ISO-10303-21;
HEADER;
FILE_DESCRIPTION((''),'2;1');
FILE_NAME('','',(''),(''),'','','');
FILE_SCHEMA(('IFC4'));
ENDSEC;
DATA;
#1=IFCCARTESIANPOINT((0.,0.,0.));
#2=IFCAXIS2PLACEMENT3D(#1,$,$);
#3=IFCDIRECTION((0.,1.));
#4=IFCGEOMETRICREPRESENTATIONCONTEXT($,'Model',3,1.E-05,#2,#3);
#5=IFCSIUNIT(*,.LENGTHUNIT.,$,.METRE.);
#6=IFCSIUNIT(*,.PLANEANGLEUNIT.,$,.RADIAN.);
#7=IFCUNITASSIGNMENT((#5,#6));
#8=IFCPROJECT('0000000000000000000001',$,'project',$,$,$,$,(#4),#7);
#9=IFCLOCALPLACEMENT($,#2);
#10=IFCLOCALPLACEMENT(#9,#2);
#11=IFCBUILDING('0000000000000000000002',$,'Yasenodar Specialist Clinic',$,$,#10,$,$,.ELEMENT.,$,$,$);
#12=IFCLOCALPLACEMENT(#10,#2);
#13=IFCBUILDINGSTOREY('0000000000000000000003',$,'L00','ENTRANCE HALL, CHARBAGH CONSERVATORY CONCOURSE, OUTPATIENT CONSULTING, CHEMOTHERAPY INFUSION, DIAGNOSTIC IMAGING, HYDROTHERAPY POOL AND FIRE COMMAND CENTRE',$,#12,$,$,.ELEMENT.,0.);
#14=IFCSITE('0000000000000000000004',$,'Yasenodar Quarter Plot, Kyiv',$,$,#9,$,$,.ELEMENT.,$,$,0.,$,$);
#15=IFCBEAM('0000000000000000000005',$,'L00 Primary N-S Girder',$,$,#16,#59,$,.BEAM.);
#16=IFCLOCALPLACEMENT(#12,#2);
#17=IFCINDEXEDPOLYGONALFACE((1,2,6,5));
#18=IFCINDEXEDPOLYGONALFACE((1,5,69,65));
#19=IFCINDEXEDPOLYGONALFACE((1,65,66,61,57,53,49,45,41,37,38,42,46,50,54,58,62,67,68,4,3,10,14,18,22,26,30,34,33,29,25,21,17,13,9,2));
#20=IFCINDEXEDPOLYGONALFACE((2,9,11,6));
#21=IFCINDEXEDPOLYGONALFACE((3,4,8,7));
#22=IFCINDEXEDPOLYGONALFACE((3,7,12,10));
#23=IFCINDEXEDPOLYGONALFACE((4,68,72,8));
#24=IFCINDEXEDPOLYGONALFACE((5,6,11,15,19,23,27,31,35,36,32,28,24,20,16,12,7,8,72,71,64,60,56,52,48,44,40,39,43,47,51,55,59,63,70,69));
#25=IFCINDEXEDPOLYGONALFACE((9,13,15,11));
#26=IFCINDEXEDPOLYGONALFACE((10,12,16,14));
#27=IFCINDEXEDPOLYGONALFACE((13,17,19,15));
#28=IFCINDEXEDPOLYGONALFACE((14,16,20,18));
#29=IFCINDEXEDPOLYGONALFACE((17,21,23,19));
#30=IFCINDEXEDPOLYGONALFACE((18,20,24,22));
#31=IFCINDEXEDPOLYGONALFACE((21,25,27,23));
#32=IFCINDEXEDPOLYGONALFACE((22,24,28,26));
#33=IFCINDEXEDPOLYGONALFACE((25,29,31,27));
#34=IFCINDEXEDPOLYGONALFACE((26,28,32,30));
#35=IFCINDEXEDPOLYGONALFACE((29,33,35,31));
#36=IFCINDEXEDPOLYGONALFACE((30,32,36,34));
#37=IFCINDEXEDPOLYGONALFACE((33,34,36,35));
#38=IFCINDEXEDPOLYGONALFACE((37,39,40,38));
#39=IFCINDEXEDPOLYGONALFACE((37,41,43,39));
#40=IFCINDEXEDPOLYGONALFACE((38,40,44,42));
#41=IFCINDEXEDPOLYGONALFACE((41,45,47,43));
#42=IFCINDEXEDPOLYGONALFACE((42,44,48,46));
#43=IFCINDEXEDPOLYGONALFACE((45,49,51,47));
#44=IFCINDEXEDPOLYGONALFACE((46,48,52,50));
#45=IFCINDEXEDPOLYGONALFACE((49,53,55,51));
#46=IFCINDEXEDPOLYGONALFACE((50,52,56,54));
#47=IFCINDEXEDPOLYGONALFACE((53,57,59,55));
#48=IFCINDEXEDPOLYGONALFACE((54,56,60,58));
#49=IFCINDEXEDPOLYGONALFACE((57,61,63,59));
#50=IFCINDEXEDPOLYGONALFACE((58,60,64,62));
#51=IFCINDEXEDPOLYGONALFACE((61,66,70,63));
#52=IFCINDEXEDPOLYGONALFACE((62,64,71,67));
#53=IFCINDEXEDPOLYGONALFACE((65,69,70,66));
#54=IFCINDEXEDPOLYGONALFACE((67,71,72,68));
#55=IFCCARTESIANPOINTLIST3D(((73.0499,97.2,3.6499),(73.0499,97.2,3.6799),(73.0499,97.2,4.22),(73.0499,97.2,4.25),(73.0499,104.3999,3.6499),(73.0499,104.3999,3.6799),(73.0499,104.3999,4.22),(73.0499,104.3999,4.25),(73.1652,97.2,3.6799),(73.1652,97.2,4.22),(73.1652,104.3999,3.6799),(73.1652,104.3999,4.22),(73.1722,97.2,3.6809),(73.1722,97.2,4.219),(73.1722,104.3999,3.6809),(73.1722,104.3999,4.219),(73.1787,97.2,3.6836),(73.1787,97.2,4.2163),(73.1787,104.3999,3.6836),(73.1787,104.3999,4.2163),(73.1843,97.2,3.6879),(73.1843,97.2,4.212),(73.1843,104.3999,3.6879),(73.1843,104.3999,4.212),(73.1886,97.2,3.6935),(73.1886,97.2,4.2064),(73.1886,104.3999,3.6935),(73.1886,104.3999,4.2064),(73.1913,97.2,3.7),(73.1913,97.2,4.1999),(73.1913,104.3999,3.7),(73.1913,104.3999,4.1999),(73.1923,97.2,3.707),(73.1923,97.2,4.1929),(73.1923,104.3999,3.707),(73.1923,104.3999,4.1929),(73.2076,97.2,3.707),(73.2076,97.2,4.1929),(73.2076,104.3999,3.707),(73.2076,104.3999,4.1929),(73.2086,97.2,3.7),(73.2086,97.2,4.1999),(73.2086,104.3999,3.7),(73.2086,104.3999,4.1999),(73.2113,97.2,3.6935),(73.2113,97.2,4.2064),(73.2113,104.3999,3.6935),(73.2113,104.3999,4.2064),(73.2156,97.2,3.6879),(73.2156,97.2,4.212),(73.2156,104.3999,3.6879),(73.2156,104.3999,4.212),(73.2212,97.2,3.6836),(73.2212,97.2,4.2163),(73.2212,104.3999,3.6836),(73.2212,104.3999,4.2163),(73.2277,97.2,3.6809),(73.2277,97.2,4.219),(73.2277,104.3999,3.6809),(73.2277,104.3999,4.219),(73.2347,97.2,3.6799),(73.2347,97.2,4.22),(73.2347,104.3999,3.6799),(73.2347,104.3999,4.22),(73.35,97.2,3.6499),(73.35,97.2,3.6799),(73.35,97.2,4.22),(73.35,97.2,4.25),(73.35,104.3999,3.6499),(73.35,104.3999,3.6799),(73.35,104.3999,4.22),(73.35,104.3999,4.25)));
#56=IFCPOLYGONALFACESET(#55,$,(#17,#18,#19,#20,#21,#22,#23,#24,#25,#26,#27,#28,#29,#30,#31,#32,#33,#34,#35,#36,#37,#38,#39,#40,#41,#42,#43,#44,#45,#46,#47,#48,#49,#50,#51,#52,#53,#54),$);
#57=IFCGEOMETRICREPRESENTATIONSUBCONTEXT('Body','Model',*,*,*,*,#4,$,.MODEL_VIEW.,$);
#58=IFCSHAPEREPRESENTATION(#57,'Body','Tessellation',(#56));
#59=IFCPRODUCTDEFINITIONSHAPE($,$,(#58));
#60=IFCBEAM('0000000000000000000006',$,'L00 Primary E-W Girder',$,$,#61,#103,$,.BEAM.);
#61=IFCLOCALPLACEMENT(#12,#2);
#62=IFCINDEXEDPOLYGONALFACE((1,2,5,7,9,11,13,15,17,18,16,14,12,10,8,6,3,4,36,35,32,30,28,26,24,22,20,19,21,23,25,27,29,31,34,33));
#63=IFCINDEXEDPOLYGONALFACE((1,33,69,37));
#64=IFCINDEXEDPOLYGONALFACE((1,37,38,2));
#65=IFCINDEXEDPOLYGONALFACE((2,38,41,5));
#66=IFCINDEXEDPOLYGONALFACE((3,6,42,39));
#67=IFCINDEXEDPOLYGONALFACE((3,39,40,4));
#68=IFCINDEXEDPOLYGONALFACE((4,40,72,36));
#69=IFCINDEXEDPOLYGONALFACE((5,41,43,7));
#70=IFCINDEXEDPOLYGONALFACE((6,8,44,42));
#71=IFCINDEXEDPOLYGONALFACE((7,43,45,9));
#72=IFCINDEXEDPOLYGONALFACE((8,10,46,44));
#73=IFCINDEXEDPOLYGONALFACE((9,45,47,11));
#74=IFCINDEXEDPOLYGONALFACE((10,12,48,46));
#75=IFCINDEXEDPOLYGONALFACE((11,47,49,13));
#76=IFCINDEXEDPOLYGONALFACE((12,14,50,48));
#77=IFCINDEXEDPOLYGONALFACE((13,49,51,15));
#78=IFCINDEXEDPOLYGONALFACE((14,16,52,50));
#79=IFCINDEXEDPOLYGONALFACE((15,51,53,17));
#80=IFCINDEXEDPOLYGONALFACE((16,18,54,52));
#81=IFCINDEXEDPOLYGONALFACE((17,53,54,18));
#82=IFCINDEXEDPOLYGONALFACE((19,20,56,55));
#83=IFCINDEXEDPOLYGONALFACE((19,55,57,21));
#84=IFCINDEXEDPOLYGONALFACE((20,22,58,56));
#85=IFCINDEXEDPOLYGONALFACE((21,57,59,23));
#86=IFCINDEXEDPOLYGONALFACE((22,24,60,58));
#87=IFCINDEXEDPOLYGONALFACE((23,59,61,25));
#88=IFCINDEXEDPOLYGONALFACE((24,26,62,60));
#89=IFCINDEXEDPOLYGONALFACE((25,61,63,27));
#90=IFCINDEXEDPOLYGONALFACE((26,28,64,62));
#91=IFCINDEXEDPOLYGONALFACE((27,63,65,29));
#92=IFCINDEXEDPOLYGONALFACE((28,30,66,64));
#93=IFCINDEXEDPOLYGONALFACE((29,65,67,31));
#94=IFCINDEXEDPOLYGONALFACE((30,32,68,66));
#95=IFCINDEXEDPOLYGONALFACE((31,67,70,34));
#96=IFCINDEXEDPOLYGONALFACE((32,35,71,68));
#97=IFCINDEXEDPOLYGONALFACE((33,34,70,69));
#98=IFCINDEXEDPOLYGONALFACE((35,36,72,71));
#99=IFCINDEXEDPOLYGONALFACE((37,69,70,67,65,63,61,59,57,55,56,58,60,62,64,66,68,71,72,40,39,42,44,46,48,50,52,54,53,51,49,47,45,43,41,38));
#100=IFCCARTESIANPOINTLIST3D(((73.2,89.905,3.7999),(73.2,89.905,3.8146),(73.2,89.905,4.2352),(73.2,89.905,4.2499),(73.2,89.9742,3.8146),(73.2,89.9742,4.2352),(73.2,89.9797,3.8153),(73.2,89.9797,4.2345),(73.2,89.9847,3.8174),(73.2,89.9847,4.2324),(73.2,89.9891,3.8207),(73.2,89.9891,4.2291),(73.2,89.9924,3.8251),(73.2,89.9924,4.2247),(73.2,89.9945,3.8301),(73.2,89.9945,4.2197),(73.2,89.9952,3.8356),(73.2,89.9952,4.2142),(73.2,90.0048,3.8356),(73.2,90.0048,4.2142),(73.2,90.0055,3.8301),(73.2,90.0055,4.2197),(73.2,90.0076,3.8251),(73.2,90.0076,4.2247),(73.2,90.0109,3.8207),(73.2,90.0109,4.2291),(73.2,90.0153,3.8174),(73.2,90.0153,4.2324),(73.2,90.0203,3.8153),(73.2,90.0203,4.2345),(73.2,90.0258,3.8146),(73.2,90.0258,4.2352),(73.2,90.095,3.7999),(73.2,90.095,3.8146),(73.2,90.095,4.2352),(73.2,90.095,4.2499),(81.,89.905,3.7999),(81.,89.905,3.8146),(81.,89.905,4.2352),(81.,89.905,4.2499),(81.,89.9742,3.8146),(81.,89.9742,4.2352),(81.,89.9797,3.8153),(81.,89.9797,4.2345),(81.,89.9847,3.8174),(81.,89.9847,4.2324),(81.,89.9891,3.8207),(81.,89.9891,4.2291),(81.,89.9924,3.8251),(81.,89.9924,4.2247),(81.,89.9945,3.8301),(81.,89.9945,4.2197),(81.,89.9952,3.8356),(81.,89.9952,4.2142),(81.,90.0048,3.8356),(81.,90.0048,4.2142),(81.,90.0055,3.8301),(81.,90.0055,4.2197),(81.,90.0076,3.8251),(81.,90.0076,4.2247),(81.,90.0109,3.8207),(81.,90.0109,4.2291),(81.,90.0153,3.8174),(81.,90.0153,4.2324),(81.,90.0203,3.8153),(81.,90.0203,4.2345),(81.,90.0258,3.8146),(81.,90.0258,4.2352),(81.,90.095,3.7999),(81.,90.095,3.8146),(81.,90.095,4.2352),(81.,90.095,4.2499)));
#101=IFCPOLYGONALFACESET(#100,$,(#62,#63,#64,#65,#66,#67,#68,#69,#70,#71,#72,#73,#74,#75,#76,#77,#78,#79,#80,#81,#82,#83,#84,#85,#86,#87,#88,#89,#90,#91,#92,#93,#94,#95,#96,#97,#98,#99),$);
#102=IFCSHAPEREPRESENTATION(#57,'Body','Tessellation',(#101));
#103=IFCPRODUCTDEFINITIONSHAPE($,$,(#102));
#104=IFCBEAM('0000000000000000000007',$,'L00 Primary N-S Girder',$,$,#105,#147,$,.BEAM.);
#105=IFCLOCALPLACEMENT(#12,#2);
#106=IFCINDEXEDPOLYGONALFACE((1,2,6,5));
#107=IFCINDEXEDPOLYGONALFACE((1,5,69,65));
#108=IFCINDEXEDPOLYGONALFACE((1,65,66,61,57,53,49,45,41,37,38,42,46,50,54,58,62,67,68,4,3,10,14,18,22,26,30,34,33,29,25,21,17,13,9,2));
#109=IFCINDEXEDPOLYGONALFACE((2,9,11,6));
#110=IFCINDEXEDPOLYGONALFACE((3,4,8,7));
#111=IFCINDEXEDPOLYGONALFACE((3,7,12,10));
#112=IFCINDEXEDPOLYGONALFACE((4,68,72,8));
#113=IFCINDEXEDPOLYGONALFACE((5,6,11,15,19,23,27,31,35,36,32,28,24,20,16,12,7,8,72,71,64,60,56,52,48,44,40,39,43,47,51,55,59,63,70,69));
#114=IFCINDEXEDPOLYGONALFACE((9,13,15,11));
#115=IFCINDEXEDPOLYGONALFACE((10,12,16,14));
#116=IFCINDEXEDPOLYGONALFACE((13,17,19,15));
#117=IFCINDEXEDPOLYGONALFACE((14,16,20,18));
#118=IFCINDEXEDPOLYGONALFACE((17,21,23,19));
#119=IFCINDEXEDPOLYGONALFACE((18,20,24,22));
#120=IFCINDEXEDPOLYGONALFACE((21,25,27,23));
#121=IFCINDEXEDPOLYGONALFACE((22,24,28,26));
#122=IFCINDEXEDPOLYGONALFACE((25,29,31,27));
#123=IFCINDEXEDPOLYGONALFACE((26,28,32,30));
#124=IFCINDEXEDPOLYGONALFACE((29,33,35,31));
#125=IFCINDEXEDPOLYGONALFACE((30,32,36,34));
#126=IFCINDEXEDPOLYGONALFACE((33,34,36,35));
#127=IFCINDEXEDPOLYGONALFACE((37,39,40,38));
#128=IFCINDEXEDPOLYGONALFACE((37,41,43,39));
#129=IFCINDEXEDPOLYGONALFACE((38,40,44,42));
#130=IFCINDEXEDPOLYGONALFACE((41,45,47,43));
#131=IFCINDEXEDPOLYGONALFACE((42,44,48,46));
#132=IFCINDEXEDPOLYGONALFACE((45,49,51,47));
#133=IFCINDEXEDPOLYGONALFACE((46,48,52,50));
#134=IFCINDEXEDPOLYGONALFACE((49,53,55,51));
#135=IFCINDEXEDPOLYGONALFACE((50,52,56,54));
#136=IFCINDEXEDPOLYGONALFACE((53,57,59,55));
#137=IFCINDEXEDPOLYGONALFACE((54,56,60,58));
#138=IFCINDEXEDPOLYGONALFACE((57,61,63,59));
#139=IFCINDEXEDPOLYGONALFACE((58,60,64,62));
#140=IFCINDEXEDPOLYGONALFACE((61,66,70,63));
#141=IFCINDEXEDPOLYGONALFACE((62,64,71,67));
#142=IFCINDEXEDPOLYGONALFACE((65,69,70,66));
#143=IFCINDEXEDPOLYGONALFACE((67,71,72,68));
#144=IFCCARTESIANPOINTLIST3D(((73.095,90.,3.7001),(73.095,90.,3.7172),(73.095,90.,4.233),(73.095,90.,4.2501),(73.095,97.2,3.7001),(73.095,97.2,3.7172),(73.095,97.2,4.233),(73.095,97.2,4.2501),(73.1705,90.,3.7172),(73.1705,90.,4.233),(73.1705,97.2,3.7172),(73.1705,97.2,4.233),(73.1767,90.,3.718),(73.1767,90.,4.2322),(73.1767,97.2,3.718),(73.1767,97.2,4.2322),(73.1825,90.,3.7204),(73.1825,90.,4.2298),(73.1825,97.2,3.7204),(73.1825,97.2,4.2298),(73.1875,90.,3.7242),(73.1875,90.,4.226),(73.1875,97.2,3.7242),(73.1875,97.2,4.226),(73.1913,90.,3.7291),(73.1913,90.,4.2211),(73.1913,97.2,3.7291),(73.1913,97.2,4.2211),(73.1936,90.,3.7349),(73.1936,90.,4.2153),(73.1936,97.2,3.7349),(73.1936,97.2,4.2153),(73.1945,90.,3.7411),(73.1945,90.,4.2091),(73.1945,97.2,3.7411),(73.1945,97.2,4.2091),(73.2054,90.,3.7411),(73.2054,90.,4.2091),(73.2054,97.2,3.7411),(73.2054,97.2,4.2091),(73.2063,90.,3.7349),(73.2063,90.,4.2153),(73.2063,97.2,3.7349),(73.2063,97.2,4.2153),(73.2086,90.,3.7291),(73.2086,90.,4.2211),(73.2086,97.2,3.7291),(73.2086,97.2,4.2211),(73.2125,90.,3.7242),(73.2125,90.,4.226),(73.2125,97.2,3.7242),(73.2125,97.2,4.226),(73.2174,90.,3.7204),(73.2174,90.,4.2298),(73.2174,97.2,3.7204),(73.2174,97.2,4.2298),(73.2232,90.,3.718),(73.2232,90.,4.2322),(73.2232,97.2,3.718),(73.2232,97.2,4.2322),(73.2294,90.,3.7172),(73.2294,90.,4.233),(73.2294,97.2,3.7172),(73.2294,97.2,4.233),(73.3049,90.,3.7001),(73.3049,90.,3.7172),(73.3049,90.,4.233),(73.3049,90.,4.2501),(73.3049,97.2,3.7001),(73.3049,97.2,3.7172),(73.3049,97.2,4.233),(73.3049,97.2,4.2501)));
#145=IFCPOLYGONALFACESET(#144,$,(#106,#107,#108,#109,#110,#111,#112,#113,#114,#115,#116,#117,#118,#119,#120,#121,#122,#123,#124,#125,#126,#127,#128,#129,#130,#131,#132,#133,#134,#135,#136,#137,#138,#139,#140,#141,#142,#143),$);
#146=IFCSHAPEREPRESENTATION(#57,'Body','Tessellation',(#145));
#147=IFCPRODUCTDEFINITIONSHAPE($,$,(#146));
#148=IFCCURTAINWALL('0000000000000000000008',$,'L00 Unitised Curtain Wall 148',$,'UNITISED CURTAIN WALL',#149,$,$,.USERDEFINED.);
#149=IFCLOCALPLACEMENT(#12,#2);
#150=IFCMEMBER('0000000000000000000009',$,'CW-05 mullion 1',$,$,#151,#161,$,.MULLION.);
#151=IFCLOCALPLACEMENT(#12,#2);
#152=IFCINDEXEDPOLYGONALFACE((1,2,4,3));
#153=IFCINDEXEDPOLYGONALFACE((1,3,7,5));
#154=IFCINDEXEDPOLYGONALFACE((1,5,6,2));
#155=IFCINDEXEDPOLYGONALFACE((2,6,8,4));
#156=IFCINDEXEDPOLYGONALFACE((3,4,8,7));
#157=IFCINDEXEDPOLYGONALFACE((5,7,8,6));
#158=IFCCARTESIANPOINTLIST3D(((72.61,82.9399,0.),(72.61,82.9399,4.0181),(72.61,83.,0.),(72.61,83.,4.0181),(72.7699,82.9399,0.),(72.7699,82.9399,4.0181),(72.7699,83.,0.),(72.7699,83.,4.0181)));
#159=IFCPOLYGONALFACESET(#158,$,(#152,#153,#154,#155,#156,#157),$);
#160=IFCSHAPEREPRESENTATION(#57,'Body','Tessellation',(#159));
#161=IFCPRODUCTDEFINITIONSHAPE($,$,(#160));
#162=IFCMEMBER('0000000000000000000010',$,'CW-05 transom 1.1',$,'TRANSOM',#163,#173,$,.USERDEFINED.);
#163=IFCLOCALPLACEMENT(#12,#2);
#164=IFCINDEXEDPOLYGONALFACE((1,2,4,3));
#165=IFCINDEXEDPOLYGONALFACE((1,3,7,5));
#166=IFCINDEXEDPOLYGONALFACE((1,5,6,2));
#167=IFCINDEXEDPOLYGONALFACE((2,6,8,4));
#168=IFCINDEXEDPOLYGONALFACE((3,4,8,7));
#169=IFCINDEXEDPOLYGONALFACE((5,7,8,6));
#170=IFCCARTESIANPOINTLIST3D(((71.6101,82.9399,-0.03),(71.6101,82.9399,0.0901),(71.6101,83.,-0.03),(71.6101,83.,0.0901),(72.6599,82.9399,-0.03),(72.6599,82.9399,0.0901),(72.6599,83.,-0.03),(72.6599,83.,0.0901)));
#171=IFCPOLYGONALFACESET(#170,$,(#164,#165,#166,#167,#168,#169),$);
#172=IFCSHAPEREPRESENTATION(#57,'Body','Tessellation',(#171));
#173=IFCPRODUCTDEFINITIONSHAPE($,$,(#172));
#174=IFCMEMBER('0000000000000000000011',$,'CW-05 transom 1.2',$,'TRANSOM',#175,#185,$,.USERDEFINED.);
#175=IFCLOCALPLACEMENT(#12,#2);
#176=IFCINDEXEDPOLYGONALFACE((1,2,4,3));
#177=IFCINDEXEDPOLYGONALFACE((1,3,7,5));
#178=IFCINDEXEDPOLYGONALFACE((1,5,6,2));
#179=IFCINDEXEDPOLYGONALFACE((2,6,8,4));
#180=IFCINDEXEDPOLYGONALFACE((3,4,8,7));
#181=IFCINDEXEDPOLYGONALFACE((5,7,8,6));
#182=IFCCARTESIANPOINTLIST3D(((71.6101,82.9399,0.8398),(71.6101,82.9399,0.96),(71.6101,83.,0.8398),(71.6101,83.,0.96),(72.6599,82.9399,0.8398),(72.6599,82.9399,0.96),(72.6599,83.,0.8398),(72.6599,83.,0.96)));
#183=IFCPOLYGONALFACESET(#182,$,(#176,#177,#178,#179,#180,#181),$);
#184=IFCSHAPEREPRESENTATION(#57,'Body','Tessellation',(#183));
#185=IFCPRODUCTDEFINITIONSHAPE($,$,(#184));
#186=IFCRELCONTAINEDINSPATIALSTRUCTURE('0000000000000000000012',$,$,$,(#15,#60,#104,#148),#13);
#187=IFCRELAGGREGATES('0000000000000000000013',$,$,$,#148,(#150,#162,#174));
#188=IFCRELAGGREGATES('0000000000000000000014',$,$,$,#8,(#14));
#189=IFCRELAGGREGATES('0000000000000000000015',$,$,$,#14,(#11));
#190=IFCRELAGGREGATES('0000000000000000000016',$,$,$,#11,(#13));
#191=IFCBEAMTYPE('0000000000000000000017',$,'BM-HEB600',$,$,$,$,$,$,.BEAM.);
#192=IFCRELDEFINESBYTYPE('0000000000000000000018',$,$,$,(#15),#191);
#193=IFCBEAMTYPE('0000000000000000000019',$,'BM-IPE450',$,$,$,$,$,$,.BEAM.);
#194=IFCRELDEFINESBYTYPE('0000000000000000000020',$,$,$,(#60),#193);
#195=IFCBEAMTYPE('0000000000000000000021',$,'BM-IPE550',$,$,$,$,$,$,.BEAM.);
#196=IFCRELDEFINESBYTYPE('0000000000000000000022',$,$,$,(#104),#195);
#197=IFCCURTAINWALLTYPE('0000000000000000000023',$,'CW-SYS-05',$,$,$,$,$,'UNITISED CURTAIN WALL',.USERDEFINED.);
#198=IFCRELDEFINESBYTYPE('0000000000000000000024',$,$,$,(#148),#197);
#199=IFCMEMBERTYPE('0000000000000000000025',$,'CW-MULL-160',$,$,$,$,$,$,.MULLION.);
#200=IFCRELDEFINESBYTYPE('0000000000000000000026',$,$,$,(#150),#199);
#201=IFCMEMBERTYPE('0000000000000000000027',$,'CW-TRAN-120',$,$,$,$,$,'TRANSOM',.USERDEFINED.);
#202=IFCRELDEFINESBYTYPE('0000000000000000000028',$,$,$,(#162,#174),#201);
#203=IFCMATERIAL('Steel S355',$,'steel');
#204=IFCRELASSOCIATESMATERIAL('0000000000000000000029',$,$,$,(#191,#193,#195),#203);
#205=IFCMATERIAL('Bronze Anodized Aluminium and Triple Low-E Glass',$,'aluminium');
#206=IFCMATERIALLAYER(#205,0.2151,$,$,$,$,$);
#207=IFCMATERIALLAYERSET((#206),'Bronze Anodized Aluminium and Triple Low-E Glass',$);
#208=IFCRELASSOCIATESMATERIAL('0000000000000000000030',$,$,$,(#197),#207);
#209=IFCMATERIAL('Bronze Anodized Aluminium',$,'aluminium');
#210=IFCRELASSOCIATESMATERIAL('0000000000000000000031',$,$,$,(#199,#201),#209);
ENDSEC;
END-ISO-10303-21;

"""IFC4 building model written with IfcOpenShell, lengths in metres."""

from ifc_helpers import new_model, si_unit, direction, frame, origin, origin_2d, place, context, subcontext, project, spatial, rectangle, i_section, extrude, material, layer, layer_set, material_profile, profile_set, type_object, element, aggregate, save


model = new_model("IFC4")

# Units and contexts
model_context = context("Model", 3, precision=1e-05, world=origin(), true_north=direction((0.0, 1.0)))
body_context = subcontext(model_context, "Body", "Model", "MODEL_VIEW")
ifc_project = project(units=[si_unit("LENGTHUNIT", "METRE"), si_unit("PLANEANGLEUNIT", "RADIAN")], contexts=[model_context])

# Site, building, storey
site_placement = place(None, origin())
site = spatial("IfcSite", under=ifc_project, at=site_placement, Name="Yasenodar Quarter Plot, Kyiv", CompositionType="ELEMENT", RefElevation=0.0)
building_placement = place(site_placement, origin())
building = spatial("IfcBuilding", under=site, at=building_placement, Name="Yasenodar Specialist Clinic", CompositionType="ELEMENT")
storey_placement = place(building_placement, origin())
storey = spatial("IfcBuildingStorey", under=building, at=storey_placement, Name="L00", Description="ENTRANCE HALL, CHARBAGH CONSERVATORY CONCOURSE, OUTPATIENT CONSULTING, CHEMOTHERAPY INFUSION, DIAGNOSTIC IMAGING, HYDROTHERAPY POOL AND FIRE COMMAND CENTRE", CompositionType="ELEMENT", Elevation=0.0)

# Shared definitions
ifc_material_1 = material(Name="Steel S355", Category="steel")

# Beams
ifc_material_profile_1 = material_profile(ifc_material_1, i_section(OverallWidth=0.3, OverallDepth=0.6001, WebThickness=0.0154, FlangeThickness=0.03, FilletRadius=0.0271, at=origin_2d()), Name="HEB 600")
ifc_profile_set_1 = profile_set([ifc_material_profile_1], Name="Steel S355")
beam_type_1 = type_object("IfcBeamType", Name="BM-HEB600", PredefinedType="BEAM", material=ifc_profile_set_1)
beam_1_placement = place(storey_placement, frame((73.2, 97.2, 3.95), z_axis=(0.0, 1.0, 0.0), x_axis=(-1.0, 0.0, 0.0)))
element("IfcBeam", 1, at=beam_1_placement, inside=storey, type_object=beam_type_1, Name="L00 Primary N-S Girder", PredefinedType="BEAM", context=body_context, shape_type="SweptSolid", body=[
    extrude(i_section(OverallWidth=0.3, OverallDepth=0.6001, WebThickness=0.0154, FlangeThickness=0.03, FilletRadius=0.0271, at=origin_2d()), origin(), (0.0, 0.0, 1.0), 7.2),
])
ifc_material_profile_2 = material_profile(ifc_material_1, i_section(OverallWidth=0.1899, OverallDepth=0.45, WebThickness=0.0095, FlangeThickness=0.0146, FilletRadius=0.021, at=origin_2d()), Name="IPE 450")
ifc_profile_set_2 = profile_set([ifc_material_profile_2], Name="Steel S355")
beam_type_2 = type_object("IfcBeamType", Name="BM-IPE450", PredefinedType="BEAM", material=ifc_profile_set_2)
beam_2_placement = place(storey_placement, frame((73.2, 90.0, 4.0249), z_axis=(1.0, 0.0, 0.0), x_axis=(0.0, 1.0, 0.0)))
element("IfcBeam", 2, at=beam_2_placement, inside=storey, type_object=beam_type_2, Name="L00 Primary E-W Girder", PredefinedType="BEAM", context=body_context, shape_type="SweptSolid", body=[
    extrude(i_section(OverallWidth=0.1899, OverallDepth=0.45, WebThickness=0.0095, FlangeThickness=0.0146, FilletRadius=0.021, at=origin_2d()), origin(), (0.0, 0.0, 1.0), 7.8),
])
ifc_material_profile_3 = material_profile(ifc_material_1, i_section(OverallWidth=0.21, OverallDepth=0.55, WebThickness=0.011, FlangeThickness=0.0171, FilletRadius=0.0239, at=origin_2d()), Name="IPE 550")
ifc_profile_set_3 = profile_set([ifc_material_profile_3], Name="Steel S355")
beam_type_3 = type_object("IfcBeamType", Name="BM-IPE550", PredefinedType="BEAM", material=ifc_profile_set_3)
beam_3_placement = place(storey_placement, frame((73.2, 90.0, 3.9751), z_axis=(0.0, 1.0, 0.0), x_axis=(-1.0, 0.0, 0.0)))
element("IfcBeam", 3, at=beam_3_placement, inside=storey, type_object=beam_type_3, Name="L00 Primary N-S Girder", PredefinedType="BEAM", context=body_context, shape_type="SweptSolid", body=[
    extrude(i_section(OverallWidth=0.21, OverallDepth=0.55, WebThickness=0.011, FlangeThickness=0.0171, FilletRadius=0.0239, at=origin_2d()), origin(), (0.0, 0.0, 1.0), 7.2),
])

# Curtain wall, members
ifc_material_2 = material(Name="Bronze Anodized Aluminium and Triple Low-E Glass", Category="aluminium")
ifc_layer_1 = layer(ifc_material_2, 0.2151)
ifc_layer_set_1 = layer_set([ifc_layer_1], Name="Bronze Anodized Aluminium and Triple Low-E Glass")
curtain_wall_type = type_object("IfcCurtainWallType", Name="CW-SYS-05", ElementType="UNITISED CURTAIN WALL", PredefinedType="USERDEFINED", material=ifc_layer_set_1)
curtain_wall_placement = place(storey_placement, origin())
curtain_wall = element("IfcCurtainWall", 4, at=curtain_wall_placement, inside=storey, type_object=curtain_wall_type, Name="L00 Unitised Curtain Wall 148", ObjectType="UNITISED CURTAIN WALL", PredefinedType="USERDEFINED")
ifc_material_3 = material(Name="Bronze Anodized Aluminium", Category="aluminium")
ifc_material_profile_4 = material_profile(ifc_material_3, rectangle(XDim=0.0601, YDim=0.1599, at=origin_2d()), Name="CW-MULL 60x160")
ifc_profile_set_4 = profile_set([ifc_material_profile_4], Name="Bronze Anodized Aluminium")
member_type_1 = type_object("IfcMemberType", Name="CW-MULL-160", PredefinedType="MULLION", material=ifc_profile_set_4)
member_1_placement = place(storey_placement, frame((72.6899, 82.97, 0.0), z_axis=(0.0, 0.0, 1.0), x_axis=(0.0, -1.0, 0.0)))
member_1 = element("IfcMember", 5, at=member_1_placement, type_object=member_type_1, Name="CW-05 mullion 1", PredefinedType="MULLION", context=body_context, shape_type="SweptSolid", body=[
    extrude(rectangle(XDim=0.0601, YDim=0.1599, at=origin_2d()), origin(), (0.0, 0.0, 1.0), 4.0181),
])
ifc_material_profile_5 = material_profile(ifc_material_3, rectangle(XDim=0.0601, YDim=0.1201, at=origin_2d()), Name="CW-TRAN 60x120")
ifc_profile_set_5 = profile_set([ifc_material_profile_5], Name="Bronze Anodized Aluminium")
member_type_2 = type_object("IfcMemberType", Name="CW-TRAN-120", ElementType="TRANSOM", PredefinedType="USERDEFINED", material=ifc_profile_set_5)
member_2_placement = place(storey_placement, frame((72.6599, 82.97, 0.03), z_axis=(-1.0, 0.0, 0.0), x_axis=(0.0, -1.0, 0.0)))
member_2 = element("IfcMember", 6, at=member_2_placement, type_object=member_type_2, Name="CW-05 transom 1.1", ObjectType="TRANSOM", PredefinedType="USERDEFINED", context=body_context, shape_type="SweptSolid", body=[
    extrude(rectangle(XDim=0.0601, YDim=0.1201, at=origin_2d()), origin(), (0.0, 0.0, 1.0), 1.0498),
])
member_3_placement = place(storey_placement, frame((72.6599, 82.97, 0.8999), z_axis=(-1.0, 0.0, 0.0), x_axis=(0.0, -1.0, 0.0)))
member_3 = element("IfcMember", 7, at=member_3_placement, type_object=member_type_2, Name="CW-05 transom 1.2", ObjectType="TRANSOM", PredefinedType="USERDEFINED", context=body_context, shape_type="SweptSolid", body=[
    extrude(rectangle(XDim=0.0601, YDim=0.1201, at=origin_2d()), origin(), (0.0, 0.0, 1.0), 1.0498),
])

aggregate(curtain_wall, [member_1, member_2, member_3])

save(model, "model.ifc")
